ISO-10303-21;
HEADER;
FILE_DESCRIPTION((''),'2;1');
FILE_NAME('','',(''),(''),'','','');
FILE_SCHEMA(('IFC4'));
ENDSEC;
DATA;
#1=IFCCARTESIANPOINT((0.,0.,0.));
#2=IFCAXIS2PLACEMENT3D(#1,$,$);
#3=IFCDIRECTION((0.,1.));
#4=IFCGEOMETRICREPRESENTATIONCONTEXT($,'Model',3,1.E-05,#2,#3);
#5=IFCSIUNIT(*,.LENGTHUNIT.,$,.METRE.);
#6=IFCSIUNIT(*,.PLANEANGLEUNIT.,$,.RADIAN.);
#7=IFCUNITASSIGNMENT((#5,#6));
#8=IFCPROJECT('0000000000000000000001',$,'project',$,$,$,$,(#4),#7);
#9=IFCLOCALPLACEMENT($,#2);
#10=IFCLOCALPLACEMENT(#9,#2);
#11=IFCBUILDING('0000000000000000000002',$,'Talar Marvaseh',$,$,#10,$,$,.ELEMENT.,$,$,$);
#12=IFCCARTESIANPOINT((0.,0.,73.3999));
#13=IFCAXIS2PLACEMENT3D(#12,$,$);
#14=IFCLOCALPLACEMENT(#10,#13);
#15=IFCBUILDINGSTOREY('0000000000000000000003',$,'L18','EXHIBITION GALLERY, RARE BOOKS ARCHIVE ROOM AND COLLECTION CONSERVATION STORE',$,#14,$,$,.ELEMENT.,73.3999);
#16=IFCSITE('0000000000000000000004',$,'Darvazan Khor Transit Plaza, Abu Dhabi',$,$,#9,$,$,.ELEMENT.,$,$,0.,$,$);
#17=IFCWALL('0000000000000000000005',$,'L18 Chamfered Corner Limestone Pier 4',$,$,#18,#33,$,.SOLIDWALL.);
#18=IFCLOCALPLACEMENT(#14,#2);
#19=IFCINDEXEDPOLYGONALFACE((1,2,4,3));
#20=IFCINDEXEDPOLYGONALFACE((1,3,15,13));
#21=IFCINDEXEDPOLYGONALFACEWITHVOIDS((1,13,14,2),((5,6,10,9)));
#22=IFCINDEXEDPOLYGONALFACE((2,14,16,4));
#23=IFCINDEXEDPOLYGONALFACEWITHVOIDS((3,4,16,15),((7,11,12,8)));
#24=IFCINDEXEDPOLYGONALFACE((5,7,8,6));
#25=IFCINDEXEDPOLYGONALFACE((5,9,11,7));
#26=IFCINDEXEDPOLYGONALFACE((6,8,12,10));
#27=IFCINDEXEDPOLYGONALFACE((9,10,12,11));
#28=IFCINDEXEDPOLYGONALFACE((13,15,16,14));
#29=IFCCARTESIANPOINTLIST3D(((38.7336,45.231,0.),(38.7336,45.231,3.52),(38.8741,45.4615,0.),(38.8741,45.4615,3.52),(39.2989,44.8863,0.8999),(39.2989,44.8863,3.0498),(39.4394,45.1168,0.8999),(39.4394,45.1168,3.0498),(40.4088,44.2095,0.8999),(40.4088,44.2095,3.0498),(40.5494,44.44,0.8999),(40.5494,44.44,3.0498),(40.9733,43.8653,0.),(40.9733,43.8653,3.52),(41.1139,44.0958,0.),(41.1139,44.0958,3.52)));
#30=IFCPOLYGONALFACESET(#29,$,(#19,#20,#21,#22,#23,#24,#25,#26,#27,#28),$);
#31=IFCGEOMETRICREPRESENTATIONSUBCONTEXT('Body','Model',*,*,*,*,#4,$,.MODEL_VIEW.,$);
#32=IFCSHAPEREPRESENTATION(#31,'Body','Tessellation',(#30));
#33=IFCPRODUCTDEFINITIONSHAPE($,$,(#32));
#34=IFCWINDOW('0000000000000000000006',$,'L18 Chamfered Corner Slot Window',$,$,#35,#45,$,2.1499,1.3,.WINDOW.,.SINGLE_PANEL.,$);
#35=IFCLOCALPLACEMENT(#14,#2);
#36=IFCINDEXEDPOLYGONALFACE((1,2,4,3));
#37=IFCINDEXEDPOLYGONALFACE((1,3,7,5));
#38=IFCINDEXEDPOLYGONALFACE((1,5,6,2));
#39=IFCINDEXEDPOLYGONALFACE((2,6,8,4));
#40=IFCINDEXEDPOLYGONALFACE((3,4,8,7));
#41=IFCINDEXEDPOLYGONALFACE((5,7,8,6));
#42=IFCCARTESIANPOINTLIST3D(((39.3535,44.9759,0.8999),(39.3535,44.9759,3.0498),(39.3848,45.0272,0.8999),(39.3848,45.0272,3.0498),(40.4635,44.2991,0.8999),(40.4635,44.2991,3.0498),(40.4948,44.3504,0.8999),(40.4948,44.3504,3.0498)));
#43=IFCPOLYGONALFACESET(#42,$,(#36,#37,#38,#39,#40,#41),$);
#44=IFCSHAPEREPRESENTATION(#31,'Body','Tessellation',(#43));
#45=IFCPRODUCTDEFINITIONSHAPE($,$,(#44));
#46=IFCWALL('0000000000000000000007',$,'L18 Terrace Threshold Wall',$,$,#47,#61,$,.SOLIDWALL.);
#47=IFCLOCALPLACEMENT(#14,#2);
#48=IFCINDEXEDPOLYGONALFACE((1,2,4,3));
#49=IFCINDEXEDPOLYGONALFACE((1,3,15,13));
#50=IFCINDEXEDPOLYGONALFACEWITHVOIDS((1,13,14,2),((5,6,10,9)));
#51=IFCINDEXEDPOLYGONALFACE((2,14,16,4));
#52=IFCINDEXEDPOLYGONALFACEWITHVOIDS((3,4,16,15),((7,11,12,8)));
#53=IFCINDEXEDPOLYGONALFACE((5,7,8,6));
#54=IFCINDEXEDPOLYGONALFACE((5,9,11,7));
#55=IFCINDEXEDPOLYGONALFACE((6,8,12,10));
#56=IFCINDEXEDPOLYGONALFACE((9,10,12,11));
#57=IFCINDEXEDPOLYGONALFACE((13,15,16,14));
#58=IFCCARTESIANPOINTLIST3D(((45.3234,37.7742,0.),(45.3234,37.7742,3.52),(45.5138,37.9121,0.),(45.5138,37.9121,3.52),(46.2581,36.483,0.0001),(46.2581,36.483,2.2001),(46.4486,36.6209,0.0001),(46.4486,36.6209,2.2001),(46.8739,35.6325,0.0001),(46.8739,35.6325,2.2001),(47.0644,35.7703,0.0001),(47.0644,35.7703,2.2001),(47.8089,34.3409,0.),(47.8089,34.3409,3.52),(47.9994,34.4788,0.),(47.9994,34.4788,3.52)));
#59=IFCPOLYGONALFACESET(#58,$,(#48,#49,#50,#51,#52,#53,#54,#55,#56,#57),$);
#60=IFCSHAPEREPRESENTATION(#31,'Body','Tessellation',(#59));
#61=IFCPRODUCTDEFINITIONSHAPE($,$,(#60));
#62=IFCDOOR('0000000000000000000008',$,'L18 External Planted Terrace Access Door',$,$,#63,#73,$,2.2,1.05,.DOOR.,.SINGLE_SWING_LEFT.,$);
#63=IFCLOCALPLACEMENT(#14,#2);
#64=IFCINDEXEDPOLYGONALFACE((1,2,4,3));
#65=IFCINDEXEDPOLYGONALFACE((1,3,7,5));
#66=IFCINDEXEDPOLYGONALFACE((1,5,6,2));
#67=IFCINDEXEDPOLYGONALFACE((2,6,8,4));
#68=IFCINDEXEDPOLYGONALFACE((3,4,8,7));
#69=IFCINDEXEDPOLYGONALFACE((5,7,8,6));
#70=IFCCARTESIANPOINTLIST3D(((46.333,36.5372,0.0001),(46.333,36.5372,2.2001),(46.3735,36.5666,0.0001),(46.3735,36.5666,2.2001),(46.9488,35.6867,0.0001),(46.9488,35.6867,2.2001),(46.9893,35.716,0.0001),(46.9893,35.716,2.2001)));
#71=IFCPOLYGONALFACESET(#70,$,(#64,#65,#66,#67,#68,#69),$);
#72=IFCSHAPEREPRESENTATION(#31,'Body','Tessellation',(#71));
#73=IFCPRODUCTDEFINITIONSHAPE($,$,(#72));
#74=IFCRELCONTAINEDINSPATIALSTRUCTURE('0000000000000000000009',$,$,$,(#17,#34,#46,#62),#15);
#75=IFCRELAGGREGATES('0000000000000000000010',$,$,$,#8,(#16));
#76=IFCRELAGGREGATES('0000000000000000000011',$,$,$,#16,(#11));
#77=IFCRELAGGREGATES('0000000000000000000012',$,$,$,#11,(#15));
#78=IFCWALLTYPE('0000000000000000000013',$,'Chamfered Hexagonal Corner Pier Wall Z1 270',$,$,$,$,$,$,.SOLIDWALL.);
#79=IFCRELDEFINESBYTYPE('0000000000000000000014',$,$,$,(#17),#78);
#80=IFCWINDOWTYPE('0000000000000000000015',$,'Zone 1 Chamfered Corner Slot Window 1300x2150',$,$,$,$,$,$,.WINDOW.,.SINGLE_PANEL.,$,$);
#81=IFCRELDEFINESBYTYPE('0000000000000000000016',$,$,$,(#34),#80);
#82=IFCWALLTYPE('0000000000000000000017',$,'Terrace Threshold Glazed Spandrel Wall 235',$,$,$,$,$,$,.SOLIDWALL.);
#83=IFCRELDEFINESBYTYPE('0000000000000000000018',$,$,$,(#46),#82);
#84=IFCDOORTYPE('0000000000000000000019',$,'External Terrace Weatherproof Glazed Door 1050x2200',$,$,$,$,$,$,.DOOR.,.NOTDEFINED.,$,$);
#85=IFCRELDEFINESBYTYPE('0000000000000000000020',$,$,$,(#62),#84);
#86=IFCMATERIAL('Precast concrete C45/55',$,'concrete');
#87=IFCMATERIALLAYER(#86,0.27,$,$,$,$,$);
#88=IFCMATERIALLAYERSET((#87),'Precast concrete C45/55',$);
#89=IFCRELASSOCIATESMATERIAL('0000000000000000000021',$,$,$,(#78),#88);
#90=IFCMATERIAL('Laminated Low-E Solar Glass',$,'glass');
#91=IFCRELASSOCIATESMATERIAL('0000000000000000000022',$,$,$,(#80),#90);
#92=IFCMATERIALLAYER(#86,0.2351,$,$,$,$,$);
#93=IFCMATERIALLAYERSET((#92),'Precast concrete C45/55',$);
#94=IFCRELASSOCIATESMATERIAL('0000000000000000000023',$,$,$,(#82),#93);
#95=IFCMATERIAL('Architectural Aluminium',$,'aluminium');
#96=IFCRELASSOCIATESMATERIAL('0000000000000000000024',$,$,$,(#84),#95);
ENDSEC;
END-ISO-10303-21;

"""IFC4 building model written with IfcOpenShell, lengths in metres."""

from ifc_helpers import new_model, si_unit, direction, frame, frame_2d, origin, place, context, subcontext, project, spatial, rectangle, extrude, source, transform, mapped, material, layer, layer_set, type_object, type_shapes, element, fill, save


model = new_model("IFC4")

# Units and contexts
model_context = context("Model", 3, precision=1e-05, world=origin(), true_north=direction((0.0, 1.0)))
body_context = subcontext(model_context, "Body", "Model", "MODEL_VIEW")
ifc_project = project(units=[si_unit("LENGTHUNIT", "METRE"), si_unit("PLANEANGLEUNIT", "RADIAN")], contexts=[model_context])

# Site, building, storey
site_placement = place(None, origin())
site = spatial("IfcSite", under=ifc_project, at=site_placement, Name="Darvazan Khor Transit Plaza, Abu Dhabi", CompositionType="ELEMENT", RefElevation=0.0)
building_placement = place(site_placement, origin())
building = spatial("IfcBuilding", under=site, at=building_placement, Name="Talar Marvaseh", CompositionType="ELEMENT")
storey_placement = place(building_placement, frame((0.0, 0.0, 73.3999)))
storey = spatial("IfcBuildingStorey", under=building, at=storey_placement, Name="L18", Description="EXHIBITION GALLERY, RARE BOOKS ARCHIVE ROOM AND COLLECTION CONSERVATION STORE", CompositionType="ELEMENT", Elevation=73.3999)

# Shared definitions
ifc_material_1 = material(Name="Architectural Aluminium", Category="aluminium")

# Shared definitions
ifc_material_2 = material(Name="Laminated Low-E Solar Glass", Category="glass")

# Wall, opening, window
ifc_material_3 = material(Name="Precast concrete C45/55", Category="concrete")
ifc_layer_1 = layer(ifc_material_3, 0.27)
ifc_layer_set_1 = layer_set([ifc_layer_1], Name="Precast concrete C45/55")
wall_type_1 = type_object("IfcWallType", Name="Chamfered Hexagonal Corner Pier Wall Z1 270", PredefinedType="SOLIDWALL", material=ifc_layer_set_1)
wall_1_placement = place(storey_placement, frame((38.804, 45.3462, 0.0), z_axis=(0.0, 0.0, 1.0), x_axis=(0.853792, -0.520614, 0.0)))
wall_1 = element("IfcWall", 1, at=wall_1_placement, inside=storey, type_object=wall_type_1, Name="L18 Chamfered Corner Limestone Pier 4", PredefinedType="SOLIDWALL", context=body_context, shape_type="SweptSolid", body=[
    extrude(rectangle(XDim=2.6233, YDim=0.27, at=frame_2d((1.3115, 0.0))), origin(), (0.0, 0.0, 1.0), 3.52),
])
opening_1_placement = place(wall_1_placement, frame((0.6621, 0.0, 0.8999)))
opening_1 = element("IfcOpeningElement", 2, at=opening_1_placement, cuts=wall_1, PredefinedType="OPENING", context=body_context, shape_type="SweptSolid", body=[
    extrude(rectangle(XDim=1.3, YDim=2.1499, at=frame_2d((0.6499, 1.075))), frame((0.0, 0.145, 0.0), z_axis=(0.0, -1.0, 0.0), x_axis=(1.0, 0.0, 0.0)), (0.0, 0.0, 1.0), 0.29),
])
window_type = type_object("IfcWindowType", Name="Zone 1 Chamfered Corner Slot Window 1300x2150", PartitioningType="SINGLE_PANEL", PredefinedType="WINDOW", material=ifc_material_2)
shared_shape_1 = source(origin(), body_context, "Body", "SweptSolid", [
    extrude(rectangle(XDim=1.3, YDim=2.1499, at=frame_2d((0.6499, 1.075))), frame((0.0, 0.03, 0.0), z_axis=(0.0, -1.0, 0.0), x_axis=(1.0, 0.0, 0.0)), (0.0, 0.0, 1.0), 0.0601),
])
type_shapes(window_type, [shared_shape_1])
window_placement = place(opening_1_placement, origin())
window = element("IfcWindow", 3, at=window_placement, inside=storey, type_object=window_type, Name="L18 Chamfered Corner Slot Window", OverallHeight=2.1499, OverallWidth=1.3, PartitioningType="SINGLE_PANEL", PredefinedType="WINDOW", context=body_context, shape_type="MappedRepresentation", body=[
    mapped(shared_shape_1, transform((0.0, 0.0, 0.0), x_axis=(1.0, 0.0, 0.0), y_axis=(0.0, 1.0, 0.0), z_axis=(0.0, 0.0, 1.0), scale=1.0)),
])
fill(opening_1, window)

# Wall, opening, door
ifc_layer_2 = layer(ifc_material_3, 0.2351)
ifc_layer_set_2 = layer_set([ifc_layer_2], Name="Precast concrete C45/55")
wall_type_2 = type_object("IfcWallType", Name="Terrace Threshold Glazed Spandrel Wall 235", PredefinedType="SOLIDWALL", material=ifc_layer_set_2)
wall_2_placement = place(storey_placement, frame((45.4187, 37.843, 0.0), z_axis=(0.0, 0.0, 1.0), x_axis=(0.586413, -0.810012, 0.0)))
wall_2 = element("IfcWall", 4, at=wall_2_placement, inside=storey, type_object=wall_type_2, Name="L18 Terrace Threshold Wall", PredefinedType="SOLIDWALL", context=body_context, shape_type="SweptSolid", body=[
    extrude(rectangle(XDim=4.2385, YDim=0.2351, at=frame_2d((2.1191, 0.0))), origin(), (0.0, 0.0, 1.0), 3.52),
])
opening_2_placement = place(wall_2_placement, frame((1.594, 0.0, 0.0)))
opening_2 = element("IfcOpeningElement", 5, at=opening_2_placement, cuts=wall_2, PredefinedType="OPENING", context=body_context, shape_type="SweptSolid", body=[
    extrude(rectangle(XDim=1.05, YDim=2.2, at=frame_2d((0.5249, 1.1001))), frame((0.0, 0.1274, 0.0), z_axis=(0.0, -1.0, 0.0), x_axis=(1.0, 0.0, 0.0)), (0.0, 0.0, 1.0), 0.2551),
])
door_type = type_object("IfcDoorType", Name="External Terrace Weatherproof Glazed Door 1050x2200", OperationType="NOTDEFINED", PredefinedType="DOOR", material=ifc_material_1)
shared_shape_2 = source(origin(), body_context, "Body", "SweptSolid", [
    extrude(rectangle(XDim=1.05, YDim=2.2, at=frame_2d((0.5249, 1.1001))), frame((0.0, 0.0249, 0.0), z_axis=(0.0, -1.0, 0.0), x_axis=(1.0, 0.0, 0.0)), (0.0, 0.0, 1.0), 0.05),
])
type_shapes(door_type, [shared_shape_2])
door_placement = place(opening_2_placement, origin())
door = element("IfcDoor", 6, at=door_placement, inside=storey, type_object=door_type, Name="L18 External Planted Terrace Access Door", OperationType="SINGLE_SWING_LEFT", OverallHeight=2.2, OverallWidth=1.05, PredefinedType="DOOR", context=body_context, shape_type="MappedRepresentation", body=[
    mapped(shared_shape_2, transform((0.0, 0.0, 0.0), x_axis=(1.0, 0.0, 0.0), y_axis=(0.0, 1.0, 0.0), z_axis=(0.0, 0.0, 1.0), scale=1.0)),
])
fill(opening_2, door)

save(model, "model.ifc")
